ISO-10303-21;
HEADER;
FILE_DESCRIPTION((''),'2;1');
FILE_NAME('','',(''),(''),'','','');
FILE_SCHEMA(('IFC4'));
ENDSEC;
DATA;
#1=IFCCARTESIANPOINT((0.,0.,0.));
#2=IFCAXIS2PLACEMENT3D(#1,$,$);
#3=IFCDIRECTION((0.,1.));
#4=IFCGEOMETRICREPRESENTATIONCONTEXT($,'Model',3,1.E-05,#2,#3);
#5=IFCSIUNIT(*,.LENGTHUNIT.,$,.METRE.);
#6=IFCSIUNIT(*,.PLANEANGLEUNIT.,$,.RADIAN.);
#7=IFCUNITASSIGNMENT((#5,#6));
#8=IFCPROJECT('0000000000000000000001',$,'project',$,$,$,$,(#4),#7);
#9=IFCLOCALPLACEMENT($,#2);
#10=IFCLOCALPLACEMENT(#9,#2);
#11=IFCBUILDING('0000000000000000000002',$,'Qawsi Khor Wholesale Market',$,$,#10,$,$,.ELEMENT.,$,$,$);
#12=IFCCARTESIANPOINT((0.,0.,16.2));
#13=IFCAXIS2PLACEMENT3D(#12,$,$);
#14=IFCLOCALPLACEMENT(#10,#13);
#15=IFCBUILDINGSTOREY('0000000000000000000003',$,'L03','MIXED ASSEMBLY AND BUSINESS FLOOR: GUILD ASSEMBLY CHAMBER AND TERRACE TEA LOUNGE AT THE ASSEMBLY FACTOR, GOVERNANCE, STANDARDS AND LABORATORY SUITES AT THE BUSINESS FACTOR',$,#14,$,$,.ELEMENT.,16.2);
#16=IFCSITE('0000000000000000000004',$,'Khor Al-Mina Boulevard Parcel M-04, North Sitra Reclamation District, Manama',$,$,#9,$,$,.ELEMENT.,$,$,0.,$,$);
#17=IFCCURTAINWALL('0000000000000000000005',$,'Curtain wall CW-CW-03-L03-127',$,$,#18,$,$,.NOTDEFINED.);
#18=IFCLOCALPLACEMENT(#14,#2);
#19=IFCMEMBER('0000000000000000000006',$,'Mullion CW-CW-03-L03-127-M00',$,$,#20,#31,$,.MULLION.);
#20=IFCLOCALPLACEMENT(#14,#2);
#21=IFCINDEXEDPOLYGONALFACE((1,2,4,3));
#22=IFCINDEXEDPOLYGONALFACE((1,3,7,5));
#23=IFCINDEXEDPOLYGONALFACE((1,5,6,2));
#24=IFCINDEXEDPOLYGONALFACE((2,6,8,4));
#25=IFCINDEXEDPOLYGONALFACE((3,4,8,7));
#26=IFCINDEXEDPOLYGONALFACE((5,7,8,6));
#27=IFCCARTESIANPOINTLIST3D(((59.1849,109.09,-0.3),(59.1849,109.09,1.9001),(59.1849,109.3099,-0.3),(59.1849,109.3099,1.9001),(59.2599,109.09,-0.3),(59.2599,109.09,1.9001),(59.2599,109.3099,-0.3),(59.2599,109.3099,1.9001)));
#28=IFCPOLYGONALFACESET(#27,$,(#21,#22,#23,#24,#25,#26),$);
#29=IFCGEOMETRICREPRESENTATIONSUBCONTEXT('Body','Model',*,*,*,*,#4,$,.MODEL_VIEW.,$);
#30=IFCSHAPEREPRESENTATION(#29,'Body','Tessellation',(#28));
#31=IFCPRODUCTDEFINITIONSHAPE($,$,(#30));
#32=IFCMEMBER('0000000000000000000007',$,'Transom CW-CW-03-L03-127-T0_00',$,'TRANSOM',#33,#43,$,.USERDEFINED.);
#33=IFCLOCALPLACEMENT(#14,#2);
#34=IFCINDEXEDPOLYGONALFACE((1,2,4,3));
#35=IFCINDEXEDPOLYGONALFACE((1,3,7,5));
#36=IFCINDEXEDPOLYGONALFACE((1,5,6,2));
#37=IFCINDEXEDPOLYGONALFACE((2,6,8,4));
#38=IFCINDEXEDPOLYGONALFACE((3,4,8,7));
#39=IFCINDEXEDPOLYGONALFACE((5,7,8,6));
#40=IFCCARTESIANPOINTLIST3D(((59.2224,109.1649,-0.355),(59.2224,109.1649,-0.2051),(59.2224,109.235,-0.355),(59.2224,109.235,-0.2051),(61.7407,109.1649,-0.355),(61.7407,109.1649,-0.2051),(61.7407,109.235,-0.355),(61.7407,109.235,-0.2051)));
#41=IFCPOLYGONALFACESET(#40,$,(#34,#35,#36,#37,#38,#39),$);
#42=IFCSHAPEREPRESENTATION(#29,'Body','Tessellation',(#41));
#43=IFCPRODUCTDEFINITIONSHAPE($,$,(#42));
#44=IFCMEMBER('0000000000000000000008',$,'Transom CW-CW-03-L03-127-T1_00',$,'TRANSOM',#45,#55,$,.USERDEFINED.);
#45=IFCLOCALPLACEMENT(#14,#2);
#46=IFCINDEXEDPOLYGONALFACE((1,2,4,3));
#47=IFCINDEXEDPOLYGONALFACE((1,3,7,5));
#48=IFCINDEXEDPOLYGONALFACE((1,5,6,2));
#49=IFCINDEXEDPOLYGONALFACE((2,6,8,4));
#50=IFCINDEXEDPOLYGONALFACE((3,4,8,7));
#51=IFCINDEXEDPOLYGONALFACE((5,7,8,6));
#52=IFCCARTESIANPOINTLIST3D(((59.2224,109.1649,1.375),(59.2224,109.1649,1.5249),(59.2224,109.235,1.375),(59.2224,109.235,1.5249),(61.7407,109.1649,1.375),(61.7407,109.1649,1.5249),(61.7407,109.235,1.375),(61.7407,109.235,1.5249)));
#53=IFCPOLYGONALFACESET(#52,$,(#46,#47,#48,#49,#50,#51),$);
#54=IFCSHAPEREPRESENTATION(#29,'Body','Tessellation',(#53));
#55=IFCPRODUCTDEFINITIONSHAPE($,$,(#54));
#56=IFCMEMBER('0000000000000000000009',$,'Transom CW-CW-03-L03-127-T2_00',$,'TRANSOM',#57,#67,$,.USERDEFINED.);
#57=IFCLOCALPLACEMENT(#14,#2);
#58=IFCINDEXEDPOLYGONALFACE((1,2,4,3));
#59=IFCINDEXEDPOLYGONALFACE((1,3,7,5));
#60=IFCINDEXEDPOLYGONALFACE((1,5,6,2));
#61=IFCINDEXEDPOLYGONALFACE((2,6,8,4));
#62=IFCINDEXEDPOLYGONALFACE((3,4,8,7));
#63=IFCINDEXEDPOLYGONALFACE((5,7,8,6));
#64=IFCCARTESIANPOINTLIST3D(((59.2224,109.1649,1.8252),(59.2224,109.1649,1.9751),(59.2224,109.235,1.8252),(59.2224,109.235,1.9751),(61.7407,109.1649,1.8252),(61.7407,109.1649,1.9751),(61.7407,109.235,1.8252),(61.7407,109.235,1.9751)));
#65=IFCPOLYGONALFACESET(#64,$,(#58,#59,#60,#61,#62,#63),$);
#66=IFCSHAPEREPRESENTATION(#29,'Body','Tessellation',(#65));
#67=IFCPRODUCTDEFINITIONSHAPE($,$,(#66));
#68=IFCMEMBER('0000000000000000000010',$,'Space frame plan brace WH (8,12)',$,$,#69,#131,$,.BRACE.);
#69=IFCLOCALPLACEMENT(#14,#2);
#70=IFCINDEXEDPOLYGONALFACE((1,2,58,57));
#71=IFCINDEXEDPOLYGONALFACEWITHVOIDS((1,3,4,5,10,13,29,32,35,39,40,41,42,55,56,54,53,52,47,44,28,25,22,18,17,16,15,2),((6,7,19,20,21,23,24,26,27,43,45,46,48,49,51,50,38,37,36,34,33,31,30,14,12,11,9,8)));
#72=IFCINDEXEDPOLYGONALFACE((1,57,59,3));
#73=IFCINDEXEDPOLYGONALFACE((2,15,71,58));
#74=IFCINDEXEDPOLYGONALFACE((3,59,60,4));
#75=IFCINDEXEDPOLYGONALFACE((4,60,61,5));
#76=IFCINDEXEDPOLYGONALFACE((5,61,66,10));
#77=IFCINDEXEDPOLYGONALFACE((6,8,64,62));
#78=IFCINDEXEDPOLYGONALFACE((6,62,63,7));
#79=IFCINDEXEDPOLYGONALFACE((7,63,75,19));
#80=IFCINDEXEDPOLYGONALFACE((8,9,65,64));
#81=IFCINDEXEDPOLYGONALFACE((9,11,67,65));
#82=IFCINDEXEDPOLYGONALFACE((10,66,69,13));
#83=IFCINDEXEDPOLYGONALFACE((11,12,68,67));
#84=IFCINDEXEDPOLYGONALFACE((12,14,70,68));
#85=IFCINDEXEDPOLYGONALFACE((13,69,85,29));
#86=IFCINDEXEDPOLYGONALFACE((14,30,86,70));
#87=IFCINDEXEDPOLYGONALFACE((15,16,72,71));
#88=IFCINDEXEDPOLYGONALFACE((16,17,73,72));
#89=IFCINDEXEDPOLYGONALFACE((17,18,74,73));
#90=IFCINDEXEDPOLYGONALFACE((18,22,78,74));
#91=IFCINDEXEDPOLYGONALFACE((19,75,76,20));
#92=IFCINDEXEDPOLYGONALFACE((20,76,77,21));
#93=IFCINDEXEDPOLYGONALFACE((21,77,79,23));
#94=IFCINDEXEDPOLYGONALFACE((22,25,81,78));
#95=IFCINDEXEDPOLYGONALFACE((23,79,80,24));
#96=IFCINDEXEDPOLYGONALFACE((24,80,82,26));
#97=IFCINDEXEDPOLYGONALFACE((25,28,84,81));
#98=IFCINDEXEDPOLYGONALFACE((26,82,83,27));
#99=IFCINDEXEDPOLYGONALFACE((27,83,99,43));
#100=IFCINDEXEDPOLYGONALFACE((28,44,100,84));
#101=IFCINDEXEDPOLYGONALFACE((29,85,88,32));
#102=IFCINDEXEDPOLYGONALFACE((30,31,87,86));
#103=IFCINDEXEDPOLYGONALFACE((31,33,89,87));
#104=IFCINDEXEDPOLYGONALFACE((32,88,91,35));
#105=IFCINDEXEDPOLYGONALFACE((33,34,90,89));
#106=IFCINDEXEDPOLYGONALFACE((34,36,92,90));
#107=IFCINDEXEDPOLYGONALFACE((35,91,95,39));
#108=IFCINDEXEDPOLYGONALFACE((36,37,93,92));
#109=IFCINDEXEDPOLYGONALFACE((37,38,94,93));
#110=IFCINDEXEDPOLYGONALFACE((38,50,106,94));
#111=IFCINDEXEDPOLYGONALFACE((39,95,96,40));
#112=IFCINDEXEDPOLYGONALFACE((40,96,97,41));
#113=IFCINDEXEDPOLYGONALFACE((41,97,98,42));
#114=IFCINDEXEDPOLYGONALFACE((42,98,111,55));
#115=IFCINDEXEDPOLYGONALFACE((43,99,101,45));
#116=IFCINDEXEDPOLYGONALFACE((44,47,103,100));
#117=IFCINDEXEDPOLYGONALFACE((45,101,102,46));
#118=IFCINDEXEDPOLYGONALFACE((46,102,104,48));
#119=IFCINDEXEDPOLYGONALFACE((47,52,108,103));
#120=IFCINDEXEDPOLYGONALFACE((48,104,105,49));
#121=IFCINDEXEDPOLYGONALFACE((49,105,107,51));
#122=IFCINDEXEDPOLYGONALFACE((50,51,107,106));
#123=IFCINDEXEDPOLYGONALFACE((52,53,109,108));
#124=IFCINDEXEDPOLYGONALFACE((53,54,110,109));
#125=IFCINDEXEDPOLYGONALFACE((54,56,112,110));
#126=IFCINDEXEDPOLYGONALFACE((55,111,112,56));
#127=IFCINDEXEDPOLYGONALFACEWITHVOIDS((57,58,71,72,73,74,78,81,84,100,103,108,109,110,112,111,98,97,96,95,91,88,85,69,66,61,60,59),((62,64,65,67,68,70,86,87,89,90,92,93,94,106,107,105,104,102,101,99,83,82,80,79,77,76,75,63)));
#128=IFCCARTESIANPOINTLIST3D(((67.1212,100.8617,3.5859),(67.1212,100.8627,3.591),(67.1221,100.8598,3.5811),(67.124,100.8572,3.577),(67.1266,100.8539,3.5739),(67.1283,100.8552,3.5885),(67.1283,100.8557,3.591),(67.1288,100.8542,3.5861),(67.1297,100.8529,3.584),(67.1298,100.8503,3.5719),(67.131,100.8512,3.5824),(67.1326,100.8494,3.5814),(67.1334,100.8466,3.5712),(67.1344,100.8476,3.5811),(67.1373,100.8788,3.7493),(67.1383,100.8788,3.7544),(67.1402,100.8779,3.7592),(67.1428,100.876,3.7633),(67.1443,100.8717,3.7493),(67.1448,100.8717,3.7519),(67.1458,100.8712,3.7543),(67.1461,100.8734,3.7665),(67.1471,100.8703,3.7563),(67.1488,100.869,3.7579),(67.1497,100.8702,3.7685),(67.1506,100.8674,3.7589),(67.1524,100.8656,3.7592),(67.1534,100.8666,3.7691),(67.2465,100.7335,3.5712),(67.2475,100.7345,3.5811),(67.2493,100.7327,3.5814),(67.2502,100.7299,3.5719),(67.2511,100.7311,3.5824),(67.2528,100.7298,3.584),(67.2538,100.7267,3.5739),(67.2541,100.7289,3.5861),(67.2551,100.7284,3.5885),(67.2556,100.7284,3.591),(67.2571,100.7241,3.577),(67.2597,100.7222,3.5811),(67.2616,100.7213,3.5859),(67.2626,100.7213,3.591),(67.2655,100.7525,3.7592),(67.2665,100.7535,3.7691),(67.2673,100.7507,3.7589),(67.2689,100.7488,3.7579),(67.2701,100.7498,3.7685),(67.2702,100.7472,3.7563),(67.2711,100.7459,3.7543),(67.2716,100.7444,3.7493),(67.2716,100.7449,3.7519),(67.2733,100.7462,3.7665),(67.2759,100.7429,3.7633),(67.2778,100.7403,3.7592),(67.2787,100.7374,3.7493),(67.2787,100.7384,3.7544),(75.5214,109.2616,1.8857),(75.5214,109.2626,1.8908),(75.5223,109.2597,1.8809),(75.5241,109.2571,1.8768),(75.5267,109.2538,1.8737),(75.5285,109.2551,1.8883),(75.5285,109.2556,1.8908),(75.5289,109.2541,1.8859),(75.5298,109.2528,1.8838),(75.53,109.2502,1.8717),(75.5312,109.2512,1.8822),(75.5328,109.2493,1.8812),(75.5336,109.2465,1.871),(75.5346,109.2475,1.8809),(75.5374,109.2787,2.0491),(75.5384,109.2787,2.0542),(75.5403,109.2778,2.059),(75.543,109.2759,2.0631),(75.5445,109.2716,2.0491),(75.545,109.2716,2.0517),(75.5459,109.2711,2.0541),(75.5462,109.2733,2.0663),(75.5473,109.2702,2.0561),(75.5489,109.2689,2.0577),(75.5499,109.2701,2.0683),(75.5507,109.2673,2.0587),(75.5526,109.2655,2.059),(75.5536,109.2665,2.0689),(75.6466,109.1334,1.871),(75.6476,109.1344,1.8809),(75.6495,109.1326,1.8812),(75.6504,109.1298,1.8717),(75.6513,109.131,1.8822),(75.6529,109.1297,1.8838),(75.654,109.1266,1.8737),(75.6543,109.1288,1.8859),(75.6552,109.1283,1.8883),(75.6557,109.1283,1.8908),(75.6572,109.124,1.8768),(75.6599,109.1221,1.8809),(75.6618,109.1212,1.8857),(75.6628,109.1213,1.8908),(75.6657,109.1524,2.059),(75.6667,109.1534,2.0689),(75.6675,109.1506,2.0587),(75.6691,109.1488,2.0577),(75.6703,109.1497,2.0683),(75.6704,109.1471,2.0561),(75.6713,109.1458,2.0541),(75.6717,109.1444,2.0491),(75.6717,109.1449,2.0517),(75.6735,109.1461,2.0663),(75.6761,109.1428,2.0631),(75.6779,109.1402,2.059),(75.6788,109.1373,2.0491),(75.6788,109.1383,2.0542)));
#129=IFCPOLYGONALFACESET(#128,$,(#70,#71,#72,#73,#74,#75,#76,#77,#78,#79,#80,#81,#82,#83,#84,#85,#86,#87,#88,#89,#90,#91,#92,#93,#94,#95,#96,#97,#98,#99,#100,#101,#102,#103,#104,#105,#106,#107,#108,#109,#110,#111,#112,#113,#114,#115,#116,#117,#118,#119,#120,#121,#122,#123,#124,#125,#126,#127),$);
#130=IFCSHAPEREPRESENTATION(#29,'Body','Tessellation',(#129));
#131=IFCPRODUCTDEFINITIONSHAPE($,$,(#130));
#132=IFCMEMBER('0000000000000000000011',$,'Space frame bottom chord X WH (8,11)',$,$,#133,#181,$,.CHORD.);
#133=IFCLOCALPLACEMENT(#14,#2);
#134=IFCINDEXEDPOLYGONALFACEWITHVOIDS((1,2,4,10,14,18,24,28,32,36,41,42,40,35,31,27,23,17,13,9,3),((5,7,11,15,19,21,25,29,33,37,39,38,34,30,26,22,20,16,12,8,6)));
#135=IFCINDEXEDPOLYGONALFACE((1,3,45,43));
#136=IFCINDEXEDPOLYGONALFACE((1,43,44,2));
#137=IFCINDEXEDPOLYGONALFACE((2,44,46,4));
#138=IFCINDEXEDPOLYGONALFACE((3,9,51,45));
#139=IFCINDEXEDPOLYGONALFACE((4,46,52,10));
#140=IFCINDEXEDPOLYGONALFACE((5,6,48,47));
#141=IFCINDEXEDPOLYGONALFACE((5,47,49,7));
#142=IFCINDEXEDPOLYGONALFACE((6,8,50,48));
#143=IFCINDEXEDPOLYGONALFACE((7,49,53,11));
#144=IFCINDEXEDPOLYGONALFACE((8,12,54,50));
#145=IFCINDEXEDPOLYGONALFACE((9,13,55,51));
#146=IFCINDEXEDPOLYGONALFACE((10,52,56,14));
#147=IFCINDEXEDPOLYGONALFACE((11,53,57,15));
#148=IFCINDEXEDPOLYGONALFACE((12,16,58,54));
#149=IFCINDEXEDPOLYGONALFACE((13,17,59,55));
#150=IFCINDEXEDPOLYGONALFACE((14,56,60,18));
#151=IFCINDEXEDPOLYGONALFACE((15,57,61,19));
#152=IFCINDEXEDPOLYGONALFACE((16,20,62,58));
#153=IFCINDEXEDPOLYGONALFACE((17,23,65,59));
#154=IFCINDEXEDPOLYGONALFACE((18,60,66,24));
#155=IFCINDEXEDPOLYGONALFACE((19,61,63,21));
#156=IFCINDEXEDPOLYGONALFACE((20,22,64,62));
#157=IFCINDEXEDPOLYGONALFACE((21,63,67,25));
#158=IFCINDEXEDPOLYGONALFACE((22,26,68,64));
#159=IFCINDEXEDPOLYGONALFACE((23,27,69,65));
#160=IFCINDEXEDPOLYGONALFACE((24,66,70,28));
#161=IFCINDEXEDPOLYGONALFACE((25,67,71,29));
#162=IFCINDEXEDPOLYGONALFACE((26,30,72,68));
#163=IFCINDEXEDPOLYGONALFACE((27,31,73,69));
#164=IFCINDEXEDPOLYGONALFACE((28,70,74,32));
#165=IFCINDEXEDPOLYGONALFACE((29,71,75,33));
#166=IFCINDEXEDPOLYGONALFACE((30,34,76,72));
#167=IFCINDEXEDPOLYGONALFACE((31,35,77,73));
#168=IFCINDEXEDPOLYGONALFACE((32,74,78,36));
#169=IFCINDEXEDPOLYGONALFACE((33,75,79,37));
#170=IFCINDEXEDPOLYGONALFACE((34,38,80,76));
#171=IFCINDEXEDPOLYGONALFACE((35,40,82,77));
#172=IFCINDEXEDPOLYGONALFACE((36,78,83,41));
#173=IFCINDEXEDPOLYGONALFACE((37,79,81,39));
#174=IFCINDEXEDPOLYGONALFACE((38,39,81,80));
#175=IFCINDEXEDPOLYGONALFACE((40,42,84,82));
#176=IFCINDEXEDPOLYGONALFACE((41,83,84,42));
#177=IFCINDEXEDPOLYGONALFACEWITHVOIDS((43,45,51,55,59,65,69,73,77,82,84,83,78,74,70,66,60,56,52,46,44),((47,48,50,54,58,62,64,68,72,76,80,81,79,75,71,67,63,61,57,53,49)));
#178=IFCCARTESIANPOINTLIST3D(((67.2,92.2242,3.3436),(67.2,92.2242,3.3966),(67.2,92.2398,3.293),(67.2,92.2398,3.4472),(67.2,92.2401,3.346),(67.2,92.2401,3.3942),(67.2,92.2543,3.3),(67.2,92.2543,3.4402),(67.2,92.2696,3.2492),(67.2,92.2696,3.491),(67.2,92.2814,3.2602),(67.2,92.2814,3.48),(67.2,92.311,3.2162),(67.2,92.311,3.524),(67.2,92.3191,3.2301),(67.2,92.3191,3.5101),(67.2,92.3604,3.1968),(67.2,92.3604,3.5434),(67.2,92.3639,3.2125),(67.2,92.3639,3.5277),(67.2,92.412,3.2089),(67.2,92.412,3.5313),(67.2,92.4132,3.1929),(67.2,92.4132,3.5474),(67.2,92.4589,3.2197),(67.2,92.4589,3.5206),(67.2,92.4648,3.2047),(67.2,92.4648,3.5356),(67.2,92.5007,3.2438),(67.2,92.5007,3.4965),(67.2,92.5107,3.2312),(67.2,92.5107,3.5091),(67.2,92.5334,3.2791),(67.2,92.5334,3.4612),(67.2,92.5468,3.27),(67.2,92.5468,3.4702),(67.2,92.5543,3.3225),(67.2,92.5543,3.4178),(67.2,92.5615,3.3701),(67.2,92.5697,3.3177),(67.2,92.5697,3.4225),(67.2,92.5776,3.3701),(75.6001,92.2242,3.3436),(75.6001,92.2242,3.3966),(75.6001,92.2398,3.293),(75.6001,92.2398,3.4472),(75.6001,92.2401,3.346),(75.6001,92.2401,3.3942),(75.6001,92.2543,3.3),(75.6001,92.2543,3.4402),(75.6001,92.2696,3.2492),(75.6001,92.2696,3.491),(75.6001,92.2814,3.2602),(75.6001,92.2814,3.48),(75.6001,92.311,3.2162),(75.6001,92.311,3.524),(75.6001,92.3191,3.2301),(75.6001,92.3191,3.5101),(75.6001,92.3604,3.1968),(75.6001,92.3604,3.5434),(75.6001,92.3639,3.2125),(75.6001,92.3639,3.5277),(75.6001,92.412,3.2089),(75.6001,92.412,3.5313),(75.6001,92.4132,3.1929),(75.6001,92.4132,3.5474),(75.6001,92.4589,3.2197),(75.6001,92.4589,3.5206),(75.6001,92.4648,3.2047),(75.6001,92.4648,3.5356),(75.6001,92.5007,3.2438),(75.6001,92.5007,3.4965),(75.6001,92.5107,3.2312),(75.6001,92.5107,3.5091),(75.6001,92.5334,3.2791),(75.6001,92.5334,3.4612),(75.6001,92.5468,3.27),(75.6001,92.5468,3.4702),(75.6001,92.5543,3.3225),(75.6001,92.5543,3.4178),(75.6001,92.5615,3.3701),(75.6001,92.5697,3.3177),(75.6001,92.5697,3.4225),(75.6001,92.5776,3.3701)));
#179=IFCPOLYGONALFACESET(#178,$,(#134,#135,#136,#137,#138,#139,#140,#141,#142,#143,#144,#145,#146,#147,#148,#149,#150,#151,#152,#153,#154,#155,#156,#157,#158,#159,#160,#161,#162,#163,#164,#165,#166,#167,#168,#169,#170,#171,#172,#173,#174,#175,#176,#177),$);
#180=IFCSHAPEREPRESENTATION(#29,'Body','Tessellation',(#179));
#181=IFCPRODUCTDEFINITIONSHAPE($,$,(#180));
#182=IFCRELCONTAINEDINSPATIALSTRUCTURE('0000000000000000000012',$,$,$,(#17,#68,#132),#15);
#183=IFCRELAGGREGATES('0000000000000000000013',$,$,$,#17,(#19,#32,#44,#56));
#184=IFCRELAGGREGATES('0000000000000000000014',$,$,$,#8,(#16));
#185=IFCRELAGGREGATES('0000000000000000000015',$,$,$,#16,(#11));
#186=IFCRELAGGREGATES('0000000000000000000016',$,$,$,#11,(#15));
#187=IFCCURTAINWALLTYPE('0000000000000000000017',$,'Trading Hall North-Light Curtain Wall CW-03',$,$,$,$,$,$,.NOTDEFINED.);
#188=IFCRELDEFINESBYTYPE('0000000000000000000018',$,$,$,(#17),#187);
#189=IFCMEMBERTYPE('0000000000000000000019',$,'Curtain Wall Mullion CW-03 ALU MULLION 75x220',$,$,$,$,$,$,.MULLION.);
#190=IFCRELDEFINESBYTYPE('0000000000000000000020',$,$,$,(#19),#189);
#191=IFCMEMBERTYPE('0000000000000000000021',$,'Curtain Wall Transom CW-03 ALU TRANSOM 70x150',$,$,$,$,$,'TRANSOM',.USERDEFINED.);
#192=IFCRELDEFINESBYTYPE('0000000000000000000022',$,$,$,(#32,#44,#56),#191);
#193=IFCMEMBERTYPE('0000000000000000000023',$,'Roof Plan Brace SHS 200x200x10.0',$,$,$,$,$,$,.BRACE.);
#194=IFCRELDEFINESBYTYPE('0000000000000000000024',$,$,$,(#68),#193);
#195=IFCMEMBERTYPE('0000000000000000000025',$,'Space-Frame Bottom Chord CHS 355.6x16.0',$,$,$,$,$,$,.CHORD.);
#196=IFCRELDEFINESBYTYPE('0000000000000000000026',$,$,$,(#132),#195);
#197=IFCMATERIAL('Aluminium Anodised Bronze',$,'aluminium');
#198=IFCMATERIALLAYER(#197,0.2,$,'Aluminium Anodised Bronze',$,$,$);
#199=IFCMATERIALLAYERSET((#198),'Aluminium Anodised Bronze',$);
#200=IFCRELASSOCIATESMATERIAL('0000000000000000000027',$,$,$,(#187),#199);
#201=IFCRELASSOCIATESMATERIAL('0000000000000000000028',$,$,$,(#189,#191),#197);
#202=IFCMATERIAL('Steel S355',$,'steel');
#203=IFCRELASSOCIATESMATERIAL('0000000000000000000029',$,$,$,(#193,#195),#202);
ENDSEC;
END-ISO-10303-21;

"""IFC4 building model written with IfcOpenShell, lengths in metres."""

from ifc_helpers import new_model, si_unit, direction, frame, origin, origin_2d, place, context, subcontext, project, spatial, rectangle, hollow_rectangle, hollow_circle, extrude, material, layer, layer_set, material_profile, profile_set, type_object, element, aggregate, save


model = new_model("IFC4")

# Units and contexts
model_context = context("Model", 3, precision=1e-05, world=origin(), true_north=direction((0.0, 1.0)))
body_context = subcontext(model_context, "Body", "Model", "MODEL_VIEW")
ifc_project = project(units=[si_unit("LENGTHUNIT", "METRE"), si_unit("PLANEANGLEUNIT", "RADIAN")], contexts=[model_context])

# Site, building, storey
site_placement = place(None, origin())
site = spatial("IfcSite", under=ifc_project, at=site_placement, Name="Khor Al-Mina Boulevard Parcel M-04, North Sitra Reclamation District, Manama", CompositionType="ELEMENT", RefElevation=0.0)
building_placement = place(site_placement, origin())
building = spatial("IfcBuilding", under=site, at=building_placement, Name="Qawsi Khor Wholesale Market", CompositionType="ELEMENT")
storey_placement = place(building_placement, frame((0.0, 0.0, 16.2)))
storey = spatial("IfcBuildingStorey", under=building, at=storey_placement, Name="L03", Description="MIXED ASSEMBLY AND BUSINESS FLOOR: GUILD ASSEMBLY CHAMBER AND TERRACE TEA LOUNGE AT THE ASSEMBLY FACTOR, GOVERNANCE, STANDARDS AND LABORATORY SUITES AT THE BUSINESS FACTOR", CompositionType="ELEMENT", Elevation=16.2)

# Curtain wall, members
ifc_material_1 = material(Name="Aluminium Anodised Bronze", Category="aluminium")
ifc_layer_1 = layer(ifc_material_1, 0.2, Name="Aluminium Anodised Bronze")
ifc_layer_set_1 = layer_set([ifc_layer_1], Name="Aluminium Anodised Bronze")
curtain_wall_type = type_object("IfcCurtainWallType", Name="Trading Hall North-Light Curtain Wall CW-03", PredefinedType="NOTDEFINED", material=ifc_layer_set_1)
curtain_wall_placement = place(storey_placement, origin())
curtain_wall = element("IfcCurtainWall", 1, at=curtain_wall_placement, inside=storey, type_object=curtain_wall_type, Name="Curtain wall CW-CW-03-L03-127", PredefinedType="NOTDEFINED")
ifc_material_profile_1 = material_profile(ifc_material_1, rectangle(XDim=0.075, YDim=0.22, at=origin_2d()), Name="ALU MULLION 75x220")
ifc_profile_set_1 = profile_set([ifc_material_profile_1], Name="Aluminium Anodised Bronze")
member_type_1 = type_object("IfcMemberType", Name="Curtain Wall Mullion CW-03 ALU MULLION 75x220", PredefinedType="MULLION", material=ifc_profile_set_1)
member_1_placement = place(storey_placement, frame((59.2224, 109.2, -0.3), z_axis=(0.0, 0.0, 1.0), x_axis=(1.0, 0.0, 0.0)))
member_1 = element("IfcMember", 2, at=member_1_placement, type_object=member_type_1, Name="Mullion CW-CW-03-L03-127-M00", PredefinedType="MULLION", context=body_context, shape_type="SweptSolid", body=[
    extrude(rectangle(XDim=0.075, YDim=0.22, at=origin_2d()), origin(), (0.0, 0.0, 1.0), 2.2002),
])
ifc_material_profile_2 = material_profile(ifc_material_1, rectangle(XDim=0.0701, YDim=0.1499, at=origin_2d()), Name="ALU TRANSOM 70x150")
ifc_profile_set_2 = profile_set([ifc_material_profile_2], Name="Aluminium Anodised Bronze")
member_type_2 = type_object("IfcMemberType", Name="Curtain Wall Transom CW-03 ALU TRANSOM 70x150", ElementType="TRANSOM", PredefinedType="USERDEFINED", material=ifc_profile_set_2)
member_2_placement = place(storey_placement, frame((59.2224, 109.2, -0.28), z_axis=(1.0, 0.0, 0.0), x_axis=(0.0, 1.0, 0.0)))
member_2 = element("IfcMember", 3, at=member_2_placement, type_object=member_type_2, Name="Transom CW-CW-03-L03-127-T0_00", ObjectType="TRANSOM", PredefinedType="USERDEFINED", context=body_context, shape_type="SweptSolid", body=[
    extrude(rectangle(XDim=0.0701, YDim=0.1499, at=origin_2d()), origin(), (0.0, 0.0, 1.0), 2.5183),
])
member_3_placement = place(storey_placement, frame((59.2224, 109.2, 1.45), z_axis=(1.0, 0.0, 0.0), x_axis=(0.0, 1.0, 0.0)))
member_3 = element("IfcMember", 4, at=member_3_placement, type_object=member_type_2, Name="Transom CW-CW-03-L03-127-T1_00", ObjectType="TRANSOM", PredefinedType="USERDEFINED", context=body_context, shape_type="SweptSolid", body=[
    extrude(rectangle(XDim=0.0701, YDim=0.1499, at=origin_2d()), origin(), (0.0, 0.0, 1.0), 2.5183),
])
member_4_placement = place(storey_placement, frame((59.2224, 109.2, 1.9001), z_axis=(1.0, 0.0, 0.0), x_axis=(0.0, 1.0, 0.0)))
member_4 = element("IfcMember", 5, at=member_4_placement, type_object=member_type_2, Name="Transom CW-CW-03-L03-127-T2_00", ObjectType="TRANSOM", PredefinedType="USERDEFINED", context=body_context, shape_type="SweptSolid", body=[
    extrude(rectangle(XDim=0.0701, YDim=0.1499, at=origin_2d()), origin(), (0.0, 0.0, 1.0), 2.5183),
])
aggregate(curtain_wall, [member_1, member_2, member_3, member_4])

# Members
ifc_material_2 = material(Name="Steel S355", Category="steel")
ifc_material_profile_3 = material_profile(ifc_material_2, hollow_rectangle(XDim=0.2, YDim=0.2, WallThickness=0.01, InnerFilletRadius=0.01, OuterFilletRadius=0.02, at=origin_2d()), Name="SHS 200x200x10.0")
ifc_profile_set_3 = profile_set([ifc_material_profile_3], Name="Steel S355")
member_type_3 = type_object("IfcMemberType", Name="Roof Plan Brace SHS 200x200x10.0", PredefinedType="BRACE", material=ifc_profile_set_3)
member_5_placement = place(storey_placement, frame((67.2, 100.8, 3.6702), z_axis=(0.699984, 0.699964, -0.141677), x_axis=(-0.707097, 0.707117, 0.0)))
element("IfcMember", 6, at=member_5_placement, inside=storey, type_object=member_type_3, Name="Space frame plan brace WH (8,12)", PredefinedType="BRACE", context=body_context, shape_type="SweptSolid", body=[
    extrude(hollow_rectangle(XDim=0.2, YDim=0.2, WallThickness=0.01, InnerFilletRadius=0.01, OuterFilletRadius=0.02, at=origin_2d()), origin(), (0.0, 0.0, 1.0), 12.0005),
])
ifc_material_profile_4 = material_profile(ifc_material_2, hollow_circle(Radius=0.1777, WallThickness=0.0161, at=origin_2d()), Name="CHS 355.6x16.0")
ifc_profile_set_4 = profile_set([ifc_material_profile_4], Name="Steel S355")
member_type_4 = type_object("IfcMemberType", Name="Space-Frame Bottom Chord CHS 355.6x16.0", PredefinedType="CHORD", material=ifc_profile_set_4)
member_6_placement = place(storey_placement, frame((67.2, 92.3999, 3.3701), z_axis=(1.0, 0.0, 0.0), x_axis=(0.0, 1.0, 0.0)))
element("IfcMember", 7, at=member_6_placement, inside=storey, type_object=member_type_4, Name="Space frame bottom chord X WH (8,11)", PredefinedType="CHORD", context=body_context, shape_type="SweptSolid", body=[
    extrude(hollow_circle(Radius=0.1777, WallThickness=0.0161, at=origin_2d()), origin(), (0.0, 0.0, 1.0), 8.4001),
])

save(model, "model.ifc")
